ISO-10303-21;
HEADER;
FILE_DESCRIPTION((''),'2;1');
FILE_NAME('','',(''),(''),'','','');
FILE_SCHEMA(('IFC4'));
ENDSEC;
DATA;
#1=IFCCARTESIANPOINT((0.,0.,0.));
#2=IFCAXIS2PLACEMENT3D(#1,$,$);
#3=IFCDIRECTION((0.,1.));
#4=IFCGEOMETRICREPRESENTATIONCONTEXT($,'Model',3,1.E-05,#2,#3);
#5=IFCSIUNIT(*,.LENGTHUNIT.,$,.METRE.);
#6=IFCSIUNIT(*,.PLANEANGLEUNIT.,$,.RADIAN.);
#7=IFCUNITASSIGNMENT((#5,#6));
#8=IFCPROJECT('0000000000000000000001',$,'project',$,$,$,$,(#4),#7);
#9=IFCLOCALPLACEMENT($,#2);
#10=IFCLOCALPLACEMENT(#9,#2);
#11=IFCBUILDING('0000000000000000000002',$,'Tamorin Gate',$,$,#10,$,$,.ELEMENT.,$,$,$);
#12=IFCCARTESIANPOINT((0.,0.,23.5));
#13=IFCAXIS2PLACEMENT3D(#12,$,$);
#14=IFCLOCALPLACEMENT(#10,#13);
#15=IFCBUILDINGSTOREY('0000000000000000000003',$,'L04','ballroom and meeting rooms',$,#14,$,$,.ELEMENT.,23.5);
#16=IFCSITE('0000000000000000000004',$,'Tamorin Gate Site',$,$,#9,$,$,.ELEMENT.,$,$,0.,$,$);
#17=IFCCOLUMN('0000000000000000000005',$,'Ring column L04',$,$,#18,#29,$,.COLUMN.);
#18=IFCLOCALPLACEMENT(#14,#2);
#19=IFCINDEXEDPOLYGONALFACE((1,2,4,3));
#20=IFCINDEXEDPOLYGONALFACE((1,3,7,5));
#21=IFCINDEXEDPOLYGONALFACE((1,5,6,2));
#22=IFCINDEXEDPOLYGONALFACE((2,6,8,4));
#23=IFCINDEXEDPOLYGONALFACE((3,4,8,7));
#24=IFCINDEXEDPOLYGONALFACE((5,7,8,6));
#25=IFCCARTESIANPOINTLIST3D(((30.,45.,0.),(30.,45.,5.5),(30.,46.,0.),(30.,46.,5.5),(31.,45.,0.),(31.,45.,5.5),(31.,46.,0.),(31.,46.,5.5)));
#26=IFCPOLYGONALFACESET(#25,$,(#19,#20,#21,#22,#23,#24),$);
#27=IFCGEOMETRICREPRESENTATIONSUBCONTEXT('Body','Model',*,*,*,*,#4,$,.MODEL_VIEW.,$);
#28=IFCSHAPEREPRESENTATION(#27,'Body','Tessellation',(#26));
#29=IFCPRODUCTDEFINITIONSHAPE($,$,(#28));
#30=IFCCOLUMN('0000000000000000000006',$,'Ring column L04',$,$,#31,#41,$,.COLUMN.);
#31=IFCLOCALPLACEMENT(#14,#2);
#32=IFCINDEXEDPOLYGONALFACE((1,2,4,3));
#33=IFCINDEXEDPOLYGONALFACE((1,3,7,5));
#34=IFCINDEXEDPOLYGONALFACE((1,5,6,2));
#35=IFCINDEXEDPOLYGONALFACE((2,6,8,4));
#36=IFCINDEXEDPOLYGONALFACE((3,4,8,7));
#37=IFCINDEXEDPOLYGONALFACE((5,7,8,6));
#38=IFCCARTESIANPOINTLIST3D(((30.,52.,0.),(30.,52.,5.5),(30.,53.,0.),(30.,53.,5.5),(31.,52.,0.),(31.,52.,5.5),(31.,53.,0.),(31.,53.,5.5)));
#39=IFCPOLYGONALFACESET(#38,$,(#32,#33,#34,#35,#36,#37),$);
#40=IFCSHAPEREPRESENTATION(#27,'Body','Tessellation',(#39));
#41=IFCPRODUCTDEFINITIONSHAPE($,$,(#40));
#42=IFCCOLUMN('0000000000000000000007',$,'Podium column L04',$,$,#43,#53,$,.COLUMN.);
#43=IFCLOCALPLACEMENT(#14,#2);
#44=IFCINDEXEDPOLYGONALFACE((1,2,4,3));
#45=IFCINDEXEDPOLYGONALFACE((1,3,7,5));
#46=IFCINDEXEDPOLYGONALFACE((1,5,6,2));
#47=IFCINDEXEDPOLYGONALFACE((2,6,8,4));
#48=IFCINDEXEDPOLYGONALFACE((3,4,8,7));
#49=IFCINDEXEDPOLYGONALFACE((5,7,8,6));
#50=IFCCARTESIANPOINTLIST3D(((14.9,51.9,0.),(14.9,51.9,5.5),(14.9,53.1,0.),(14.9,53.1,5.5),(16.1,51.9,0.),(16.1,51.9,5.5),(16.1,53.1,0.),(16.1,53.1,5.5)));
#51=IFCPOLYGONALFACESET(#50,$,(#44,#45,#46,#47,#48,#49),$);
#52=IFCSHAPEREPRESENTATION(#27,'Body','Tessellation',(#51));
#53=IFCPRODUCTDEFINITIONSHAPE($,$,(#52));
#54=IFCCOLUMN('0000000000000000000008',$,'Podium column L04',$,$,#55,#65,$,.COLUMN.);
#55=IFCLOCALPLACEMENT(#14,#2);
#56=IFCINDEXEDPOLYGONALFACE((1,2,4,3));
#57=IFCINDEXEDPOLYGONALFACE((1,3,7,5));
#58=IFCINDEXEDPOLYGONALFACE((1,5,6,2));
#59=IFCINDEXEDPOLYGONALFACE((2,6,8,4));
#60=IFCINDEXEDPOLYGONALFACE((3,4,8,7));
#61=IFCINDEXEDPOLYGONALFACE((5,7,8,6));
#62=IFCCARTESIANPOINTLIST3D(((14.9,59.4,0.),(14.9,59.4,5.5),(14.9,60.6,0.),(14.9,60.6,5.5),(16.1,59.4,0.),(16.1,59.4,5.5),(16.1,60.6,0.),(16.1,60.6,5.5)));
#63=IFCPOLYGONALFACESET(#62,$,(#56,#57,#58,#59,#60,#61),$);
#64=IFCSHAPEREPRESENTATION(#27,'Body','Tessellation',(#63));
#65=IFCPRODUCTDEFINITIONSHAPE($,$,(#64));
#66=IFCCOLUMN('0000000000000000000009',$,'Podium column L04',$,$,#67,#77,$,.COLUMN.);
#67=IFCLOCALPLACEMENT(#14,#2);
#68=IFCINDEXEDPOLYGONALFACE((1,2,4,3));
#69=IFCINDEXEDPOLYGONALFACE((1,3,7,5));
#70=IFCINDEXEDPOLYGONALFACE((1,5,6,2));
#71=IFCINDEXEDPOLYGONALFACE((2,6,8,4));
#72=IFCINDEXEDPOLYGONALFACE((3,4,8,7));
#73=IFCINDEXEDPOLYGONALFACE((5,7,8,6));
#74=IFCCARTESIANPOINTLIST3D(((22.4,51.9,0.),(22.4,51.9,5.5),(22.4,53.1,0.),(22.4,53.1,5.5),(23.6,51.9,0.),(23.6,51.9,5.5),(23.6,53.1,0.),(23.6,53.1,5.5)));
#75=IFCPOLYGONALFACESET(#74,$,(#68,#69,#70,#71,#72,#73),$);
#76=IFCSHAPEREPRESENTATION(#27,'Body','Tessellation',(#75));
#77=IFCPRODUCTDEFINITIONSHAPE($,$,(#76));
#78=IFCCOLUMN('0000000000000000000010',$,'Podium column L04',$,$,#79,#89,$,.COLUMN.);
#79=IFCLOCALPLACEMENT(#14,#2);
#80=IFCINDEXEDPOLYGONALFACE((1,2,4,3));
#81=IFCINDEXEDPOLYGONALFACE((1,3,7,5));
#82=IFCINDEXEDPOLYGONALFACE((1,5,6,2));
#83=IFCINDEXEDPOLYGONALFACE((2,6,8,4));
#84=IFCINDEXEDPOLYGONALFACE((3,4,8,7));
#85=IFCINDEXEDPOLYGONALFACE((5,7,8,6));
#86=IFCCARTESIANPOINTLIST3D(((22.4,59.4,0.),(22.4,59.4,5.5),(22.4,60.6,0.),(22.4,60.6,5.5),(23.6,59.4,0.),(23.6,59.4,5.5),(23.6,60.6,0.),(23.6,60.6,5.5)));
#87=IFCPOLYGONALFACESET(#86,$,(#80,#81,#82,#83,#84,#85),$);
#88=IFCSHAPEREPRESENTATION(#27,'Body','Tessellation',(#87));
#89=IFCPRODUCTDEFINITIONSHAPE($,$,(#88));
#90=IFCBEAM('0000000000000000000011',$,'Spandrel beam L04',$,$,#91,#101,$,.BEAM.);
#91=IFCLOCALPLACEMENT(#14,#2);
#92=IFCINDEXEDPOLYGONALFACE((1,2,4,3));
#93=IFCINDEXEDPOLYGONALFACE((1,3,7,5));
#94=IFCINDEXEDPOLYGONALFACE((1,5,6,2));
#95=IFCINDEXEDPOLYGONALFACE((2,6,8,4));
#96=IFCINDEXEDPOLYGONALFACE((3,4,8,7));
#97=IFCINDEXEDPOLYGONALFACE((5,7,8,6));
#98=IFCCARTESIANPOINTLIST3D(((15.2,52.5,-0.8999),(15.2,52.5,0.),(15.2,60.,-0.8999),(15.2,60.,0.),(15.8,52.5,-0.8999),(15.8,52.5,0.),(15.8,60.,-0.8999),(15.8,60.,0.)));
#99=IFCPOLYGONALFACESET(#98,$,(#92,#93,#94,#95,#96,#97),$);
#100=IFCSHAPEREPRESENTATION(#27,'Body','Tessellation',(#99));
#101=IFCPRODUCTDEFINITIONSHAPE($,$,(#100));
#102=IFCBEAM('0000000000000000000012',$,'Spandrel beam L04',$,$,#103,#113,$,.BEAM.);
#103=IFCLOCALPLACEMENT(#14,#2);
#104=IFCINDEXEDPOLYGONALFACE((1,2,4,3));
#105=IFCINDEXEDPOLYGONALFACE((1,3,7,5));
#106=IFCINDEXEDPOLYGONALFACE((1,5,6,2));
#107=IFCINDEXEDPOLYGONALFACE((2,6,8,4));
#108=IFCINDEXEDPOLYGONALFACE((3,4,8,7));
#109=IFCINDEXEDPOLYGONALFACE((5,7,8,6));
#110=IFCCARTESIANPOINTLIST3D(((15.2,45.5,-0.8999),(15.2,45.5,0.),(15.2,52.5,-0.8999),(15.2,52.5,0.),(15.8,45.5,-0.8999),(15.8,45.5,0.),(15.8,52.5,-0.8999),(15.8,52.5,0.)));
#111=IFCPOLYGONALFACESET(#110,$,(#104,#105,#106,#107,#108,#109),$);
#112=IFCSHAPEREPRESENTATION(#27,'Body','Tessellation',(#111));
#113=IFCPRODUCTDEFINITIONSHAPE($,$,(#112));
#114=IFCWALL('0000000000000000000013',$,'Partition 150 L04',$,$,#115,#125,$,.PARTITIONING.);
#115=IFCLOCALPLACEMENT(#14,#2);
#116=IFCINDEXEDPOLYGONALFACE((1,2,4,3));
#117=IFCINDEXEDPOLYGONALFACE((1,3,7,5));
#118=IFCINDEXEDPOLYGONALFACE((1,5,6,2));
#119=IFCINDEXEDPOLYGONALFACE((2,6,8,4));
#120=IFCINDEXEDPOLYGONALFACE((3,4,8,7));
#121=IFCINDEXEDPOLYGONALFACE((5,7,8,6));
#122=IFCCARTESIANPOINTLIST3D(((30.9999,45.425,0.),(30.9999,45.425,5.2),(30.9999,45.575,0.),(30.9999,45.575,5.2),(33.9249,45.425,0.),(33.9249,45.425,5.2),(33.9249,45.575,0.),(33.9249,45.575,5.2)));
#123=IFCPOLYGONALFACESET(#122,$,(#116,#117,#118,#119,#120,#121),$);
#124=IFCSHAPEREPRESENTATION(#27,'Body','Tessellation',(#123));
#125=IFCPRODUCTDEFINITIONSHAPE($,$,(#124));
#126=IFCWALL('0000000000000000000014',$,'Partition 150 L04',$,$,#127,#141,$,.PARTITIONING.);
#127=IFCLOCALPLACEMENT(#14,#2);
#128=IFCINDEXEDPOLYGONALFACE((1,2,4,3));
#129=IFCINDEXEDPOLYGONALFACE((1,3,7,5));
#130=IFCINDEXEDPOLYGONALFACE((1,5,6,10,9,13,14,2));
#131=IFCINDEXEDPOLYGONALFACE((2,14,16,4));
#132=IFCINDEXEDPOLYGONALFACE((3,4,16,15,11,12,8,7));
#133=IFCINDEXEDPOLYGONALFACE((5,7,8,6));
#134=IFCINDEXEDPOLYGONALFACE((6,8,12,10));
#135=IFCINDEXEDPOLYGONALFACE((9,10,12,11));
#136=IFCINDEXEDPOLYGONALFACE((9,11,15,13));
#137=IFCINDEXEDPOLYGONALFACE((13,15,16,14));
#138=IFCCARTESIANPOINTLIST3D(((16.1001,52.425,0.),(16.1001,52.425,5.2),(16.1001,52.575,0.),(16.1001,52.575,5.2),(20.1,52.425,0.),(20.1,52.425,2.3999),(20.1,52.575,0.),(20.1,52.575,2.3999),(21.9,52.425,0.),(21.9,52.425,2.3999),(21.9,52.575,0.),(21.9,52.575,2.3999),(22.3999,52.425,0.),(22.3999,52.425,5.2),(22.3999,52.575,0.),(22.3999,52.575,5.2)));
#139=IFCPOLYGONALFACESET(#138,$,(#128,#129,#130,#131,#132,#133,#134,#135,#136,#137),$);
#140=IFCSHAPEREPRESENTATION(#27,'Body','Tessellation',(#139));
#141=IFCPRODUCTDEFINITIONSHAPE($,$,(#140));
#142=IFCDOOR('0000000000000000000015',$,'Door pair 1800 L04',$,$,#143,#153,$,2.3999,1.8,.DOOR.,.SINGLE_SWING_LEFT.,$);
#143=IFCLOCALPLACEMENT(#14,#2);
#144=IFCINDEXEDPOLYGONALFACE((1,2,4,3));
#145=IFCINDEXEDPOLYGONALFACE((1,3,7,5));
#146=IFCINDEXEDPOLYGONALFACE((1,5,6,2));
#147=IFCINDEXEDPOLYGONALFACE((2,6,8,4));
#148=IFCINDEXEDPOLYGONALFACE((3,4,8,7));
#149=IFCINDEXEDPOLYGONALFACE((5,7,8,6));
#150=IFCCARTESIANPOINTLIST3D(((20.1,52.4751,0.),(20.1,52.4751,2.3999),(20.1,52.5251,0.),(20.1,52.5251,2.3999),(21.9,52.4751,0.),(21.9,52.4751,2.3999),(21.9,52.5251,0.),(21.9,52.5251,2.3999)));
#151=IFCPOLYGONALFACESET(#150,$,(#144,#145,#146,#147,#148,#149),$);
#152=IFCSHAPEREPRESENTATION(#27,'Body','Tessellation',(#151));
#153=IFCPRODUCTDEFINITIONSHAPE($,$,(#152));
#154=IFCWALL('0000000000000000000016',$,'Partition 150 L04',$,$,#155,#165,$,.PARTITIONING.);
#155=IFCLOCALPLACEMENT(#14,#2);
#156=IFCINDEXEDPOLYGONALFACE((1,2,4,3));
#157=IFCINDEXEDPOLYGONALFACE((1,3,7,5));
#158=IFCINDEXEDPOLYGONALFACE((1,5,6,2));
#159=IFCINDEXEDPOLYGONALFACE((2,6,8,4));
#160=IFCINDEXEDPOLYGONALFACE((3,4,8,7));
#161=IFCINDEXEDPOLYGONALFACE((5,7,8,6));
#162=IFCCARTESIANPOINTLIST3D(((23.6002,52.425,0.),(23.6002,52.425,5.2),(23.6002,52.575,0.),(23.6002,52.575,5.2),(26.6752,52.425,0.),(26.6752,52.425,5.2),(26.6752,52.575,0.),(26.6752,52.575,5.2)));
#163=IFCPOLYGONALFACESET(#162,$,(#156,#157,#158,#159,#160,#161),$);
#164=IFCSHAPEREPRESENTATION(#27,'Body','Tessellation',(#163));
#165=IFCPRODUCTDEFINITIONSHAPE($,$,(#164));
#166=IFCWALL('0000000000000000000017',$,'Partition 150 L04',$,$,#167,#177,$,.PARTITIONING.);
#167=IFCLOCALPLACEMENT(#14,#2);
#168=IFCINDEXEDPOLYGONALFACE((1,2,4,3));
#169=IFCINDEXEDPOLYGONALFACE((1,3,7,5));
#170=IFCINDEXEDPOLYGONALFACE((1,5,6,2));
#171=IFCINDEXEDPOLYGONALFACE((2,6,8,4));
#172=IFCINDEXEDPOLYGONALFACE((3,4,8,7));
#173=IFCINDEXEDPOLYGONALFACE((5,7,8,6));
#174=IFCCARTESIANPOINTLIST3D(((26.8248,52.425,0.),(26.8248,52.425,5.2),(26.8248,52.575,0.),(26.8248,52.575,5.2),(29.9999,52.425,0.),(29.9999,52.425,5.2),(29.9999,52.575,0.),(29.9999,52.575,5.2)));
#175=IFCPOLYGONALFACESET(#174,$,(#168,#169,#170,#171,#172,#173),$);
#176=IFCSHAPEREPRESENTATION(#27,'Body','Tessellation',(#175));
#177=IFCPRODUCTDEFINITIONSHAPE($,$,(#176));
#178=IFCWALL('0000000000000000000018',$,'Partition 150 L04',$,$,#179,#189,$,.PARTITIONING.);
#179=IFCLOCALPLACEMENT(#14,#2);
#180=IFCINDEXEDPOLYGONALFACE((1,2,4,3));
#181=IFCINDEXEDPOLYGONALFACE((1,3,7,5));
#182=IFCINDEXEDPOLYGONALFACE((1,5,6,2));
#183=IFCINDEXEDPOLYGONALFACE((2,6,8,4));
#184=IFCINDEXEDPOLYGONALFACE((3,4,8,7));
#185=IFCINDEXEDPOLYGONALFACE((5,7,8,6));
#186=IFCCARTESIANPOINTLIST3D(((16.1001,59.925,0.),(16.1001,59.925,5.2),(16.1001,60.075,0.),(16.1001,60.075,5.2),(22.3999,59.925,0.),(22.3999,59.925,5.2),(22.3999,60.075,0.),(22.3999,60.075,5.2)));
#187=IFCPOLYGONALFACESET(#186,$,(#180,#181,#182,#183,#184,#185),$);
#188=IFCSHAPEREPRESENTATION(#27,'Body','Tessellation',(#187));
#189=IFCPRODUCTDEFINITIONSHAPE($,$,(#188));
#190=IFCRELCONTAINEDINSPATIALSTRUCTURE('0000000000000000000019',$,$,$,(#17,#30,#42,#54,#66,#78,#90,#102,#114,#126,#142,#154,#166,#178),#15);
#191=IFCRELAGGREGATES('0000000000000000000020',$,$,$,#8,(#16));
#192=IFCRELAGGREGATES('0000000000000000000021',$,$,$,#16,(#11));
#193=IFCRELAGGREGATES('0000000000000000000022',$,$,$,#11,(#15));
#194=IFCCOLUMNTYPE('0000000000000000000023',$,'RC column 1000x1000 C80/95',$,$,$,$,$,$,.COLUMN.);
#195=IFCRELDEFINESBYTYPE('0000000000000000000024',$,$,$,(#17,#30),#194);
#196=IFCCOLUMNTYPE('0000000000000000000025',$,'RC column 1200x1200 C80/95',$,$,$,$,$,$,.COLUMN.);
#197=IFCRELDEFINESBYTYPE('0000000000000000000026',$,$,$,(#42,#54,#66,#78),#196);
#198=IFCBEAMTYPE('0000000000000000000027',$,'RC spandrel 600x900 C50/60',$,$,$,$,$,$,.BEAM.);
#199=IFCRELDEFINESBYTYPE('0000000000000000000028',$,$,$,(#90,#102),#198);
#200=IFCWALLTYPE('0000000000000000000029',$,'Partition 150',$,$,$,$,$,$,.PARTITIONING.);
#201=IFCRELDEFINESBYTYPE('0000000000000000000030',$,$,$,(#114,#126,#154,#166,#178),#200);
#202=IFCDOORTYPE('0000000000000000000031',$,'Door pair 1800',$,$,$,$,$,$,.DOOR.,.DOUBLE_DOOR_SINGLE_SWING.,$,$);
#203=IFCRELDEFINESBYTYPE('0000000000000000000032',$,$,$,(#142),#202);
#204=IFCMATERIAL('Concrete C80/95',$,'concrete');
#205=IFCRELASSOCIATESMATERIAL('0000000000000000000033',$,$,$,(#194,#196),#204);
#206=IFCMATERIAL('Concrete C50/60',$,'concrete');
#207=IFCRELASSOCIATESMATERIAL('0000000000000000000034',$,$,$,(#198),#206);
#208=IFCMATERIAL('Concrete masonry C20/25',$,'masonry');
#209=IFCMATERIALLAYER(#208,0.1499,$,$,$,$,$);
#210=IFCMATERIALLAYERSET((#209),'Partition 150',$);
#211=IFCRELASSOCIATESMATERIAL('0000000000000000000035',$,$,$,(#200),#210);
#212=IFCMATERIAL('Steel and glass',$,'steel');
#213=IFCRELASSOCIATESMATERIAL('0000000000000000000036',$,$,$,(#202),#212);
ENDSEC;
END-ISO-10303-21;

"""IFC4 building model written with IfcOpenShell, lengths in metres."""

from ifc_helpers import new_model, si_unit, direction, frame, frame_2d, origin, origin_2d, place, context, subcontext, project, spatial, rectangle, extrude, material, layer, layer_set, material_profile, profile_set, type_object, element, fill, save


model = new_model("IFC4")

# Units and contexts
model_context = context("Model", 3, precision=1e-05, world=origin(), true_north=direction((0.0, 1.0)))
body_context = subcontext(model_context, "Body", "Model", "MODEL_VIEW")
ifc_project = project(units=[si_unit("LENGTHUNIT", "METRE"), si_unit("PLANEANGLEUNIT", "RADIAN")], contexts=[model_context])

# Site, building, storey
site_placement = place(None, origin())
site = spatial("IfcSite", under=ifc_project, at=site_placement, Name="Tamorin Gate Site", CompositionType="ELEMENT", RefElevation=0.0)
building_placement = place(site_placement, origin())
building = spatial("IfcBuilding", under=site, at=building_placement, Name="Tamorin Gate", CompositionType="ELEMENT")
storey_placement = place(building_placement, frame((0.0, 0.0, 23.5)))
storey = spatial("IfcBuildingStorey", under=building, at=storey_placement, Name="L04", Description="ballroom and meeting rooms", CompositionType="ELEMENT", Elevation=23.5)

# Columns
ifc_material_1 = material(Name="Concrete C80/95", Category="concrete")
ifc_material_profile_1 = material_profile(ifc_material_1, rectangle(XDim=1.0, YDim=1.0, at=origin_2d()), Name="RC 1000x1000")
ifc_profile_set_1 = profile_set([ifc_material_profile_1], Name="Concrete C80/95")
column_type_1 = type_object("IfcColumnType", Name="RC column 1000x1000 C80/95", PredefinedType="COLUMN", material=ifc_profile_set_1)
for number, where, z_axis, x_axis, name in (
    (1, (30.5, 45.5, 0.0), (0.0, 0.0, 1.0), (1.0, 0.0, 0.0), "Ring column L04"),
    (2, (30.5, 52.5, 0.0), (0.0, 0.0, 1.0), (1.0, 0.0, 0.0), "Ring column L04"),
):
    element("IfcColumn", number, at=place(storey_placement, frame(where, z_axis=z_axis, x_axis=x_axis)), inside=storey, type_object=column_type_1, Name=name, PredefinedType="COLUMN", context=body_context, shape_type="SweptSolid", body=[
        extrude(rectangle(XDim=1.0, YDim=1.0, at=origin_2d()), origin(), (0.0, 0.0, 1.0), 5.5),
    ])
ifc_material_profile_2 = material_profile(ifc_material_1, rectangle(XDim=1.2, YDim=1.2, at=origin_2d()), Name="RC 1200x1200")
ifc_profile_set_2 = profile_set([ifc_material_profile_2], Name="Concrete C80/95")
column_type_2 = type_object("IfcColumnType", Name="RC column 1200x1200 C80/95", PredefinedType="COLUMN", material=ifc_profile_set_2)
for number, where, z_axis, x_axis, name in (
    (3, (15.5, 52.5, 0.0), (0.0, 0.0, 1.0), (1.0, 0.0, 0.0), "Podium column L04"),
    (4, (15.5, 60.0, 0.0), (0.0, 0.0, 1.0), (1.0, 0.0, 0.0), "Podium column L04"),
    (5, (23.0, 52.5, 0.0), (0.0, 0.0, 1.0), (1.0, 0.0, 0.0), "Podium column L04"),
    (6, (23.0, 60.0, 0.0), (0.0, 0.0, 1.0), (1.0, 0.0, 0.0), "Podium column L04"),
):
    element("IfcColumn", number, at=place(storey_placement, frame(where, z_axis=z_axis, x_axis=x_axis)), inside=storey, type_object=column_type_2, Name=name, PredefinedType="COLUMN", context=body_context, shape_type="SweptSolid", body=[
        extrude(rectangle(XDim=1.2, YDim=1.2, at=origin_2d()), origin(), (0.0, 0.0, 1.0), 5.5),
    ])

# Beams
ifc_material_2 = material(Name="Concrete C50/60", Category="concrete")
ifc_material_profile_3 = material_profile(ifc_material_2, rectangle(XDim=0.6001, YDim=0.8999, at=origin_2d()), Name="RC 600x900")
ifc_profile_set_3 = profile_set([ifc_material_profile_3], Name="Concrete C50/60")
beam_type = type_object("IfcBeamType", Name="RC spandrel 600x900 C50/60", PredefinedType="BEAM", material=ifc_profile_set_3)
beam_1_placement = place(storey_placement, frame((15.5, 60.0, -0.45), z_axis=(0.0, -1.0, 0.0), x_axis=(1.0, 0.0, 0.0)))
element("IfcBeam", 7, at=beam_1_placement, inside=storey, type_object=beam_type, Name="Spandrel beam L04", PredefinedType="BEAM", context=body_context, shape_type="SweptSolid", body=[
    extrude(rectangle(XDim=0.6001, YDim=0.8999, at=origin_2d()), origin(), (0.0, 0.0, 1.0), 7.5),
])
beam_2_placement = place(storey_placement, frame((15.5, 52.5, -0.45), z_axis=(0.0, -1.0, 0.0), x_axis=(1.0, 0.0, 0.0)))
element("IfcBeam", 8, at=beam_2_placement, inside=storey, type_object=beam_type, Name="Spandrel beam L04", PredefinedType="BEAM", context=body_context, shape_type="SweptSolid", body=[
    extrude(rectangle(XDim=0.6001, YDim=0.8999, at=origin_2d()), origin(), (0.0, 0.0, 1.0), 7.0),
])

# Wall
ifc_material_3 = material(Name="Concrete masonry C20/25", Category="masonry")
ifc_layer_1 = layer(ifc_material_3, 0.1499)
ifc_layer_set_1 = layer_set([ifc_layer_1], Name="Partition 150")
wall_type_1 = type_object("IfcWallType", Name="Partition 150", PredefinedType="PARTITIONING", material=ifc_layer_set_1)
wall_1_placement = place(storey_placement, frame((31.0, 45.5, 0.0), z_axis=(0.0, 0.0, 1.0), x_axis=(1.0, 0.0, 0.0)))
element("IfcWall", 9, at=wall_1_placement, inside=storey, type_object=wall_type_1, Name="Partition 150 L04", PredefinedType="PARTITIONING", context=body_context, shape_type="SweptSolid", body=[
    extrude(rectangle(XDim=2.925, YDim=0.1499, at=frame_2d((1.4624, 0.0))), origin(), (0.0, 0.0, 1.0), 5.2),
])

# Wall, opening, door
wall_2_placement = place(storey_placement, frame((22.3999, 52.5, 0.0), z_axis=(0.0, 0.0, 1.0), x_axis=(-1.0, 0.0, 0.0)))
wall_2 = element("IfcWall", 10, at=wall_2_placement, inside=storey, type_object=wall_type_1, Name="Partition 150 L04", PredefinedType="PARTITIONING", context=body_context, shape_type="SweptSolid", body=[
    extrude(rectangle(XDim=6.2998, YDim=0.1499, at=frame_2d((3.1499, 0.0))), origin(), (0.0, 0.0, 1.0), 5.2),
])
opening_1_placement = place(wall_2_placement, frame((0.5, 0.0, 0.0)))
opening_1 = element("IfcOpeningElement", 11, at=opening_1_placement, cuts=wall_2, PredefinedType="OPENING", context=body_context, shape_type="SweptSolid", body=[
    extrude(rectangle(XDim=1.8, YDim=2.3999, at=frame_2d((0.8999, 1.2))), frame((0.0, 0.085, 0.0), z_axis=(0.0, -1.0, 0.0), x_axis=(1.0, 0.0, 0.0)), (0.0, 0.0, 1.0), 0.1699),
])
ifc_material_4 = material(Name="Steel and glass", Category="steel")
door_type_1 = type_object("IfcDoorType", Name="Door pair 1800", OperationType="DOUBLE_DOOR_SINGLE_SWING", PredefinedType="DOOR", material=ifc_material_4)
door_1_placement = place(opening_1_placement, origin())
door_1 = element("IfcDoor", 12, at=door_1_placement, inside=storey, type_object=door_type_1, Name="Door pair 1800 L04", OperationType="SINGLE_SWING_LEFT", OverallHeight=2.3999, OverallWidth=1.8, PredefinedType="DOOR", context=body_context, shape_type="SweptSolid", body=[
    extrude(rectangle(XDim=1.8, YDim=2.3999, at=frame_2d((0.8999, 1.2))), frame((0.0, 0.0249, 0.0), z_axis=(0.0, -1.0, 0.0), x_axis=(1.0, 0.0, 0.0)), (0.0, 0.0, 1.0), 0.05),
])
fill(opening_1, door_1)

# Walls
wall_3_placement = place(storey_placement, frame((23.6001, 52.5, 0.0), z_axis=(0.0, 0.0, 1.0), x_axis=(1.0, 0.0, 0.0)))
element("IfcWall", 13, at=wall_3_placement, inside=storey, type_object=wall_type_1, Name="Partition 150 L04", PredefinedType="PARTITIONING", context=body_context, shape_type="SweptSolid", body=[
    extrude(rectangle(XDim=3.075, YDim=0.1499, at=frame_2d((1.5376, 0.0))), origin(), (0.0, 0.0, 1.0), 5.2),
])
wall_4_placement = place(storey_placement, frame((26.825, 52.5, 0.0), z_axis=(0.0, 0.0, 1.0), x_axis=(1.0, 0.0, 0.0)))
element("IfcWall", 14, at=wall_4_placement, inside=storey, type_object=wall_type_1, Name="Partition 150 L04", PredefinedType="PARTITIONING", context=body_context, shape_type="SweptSolid", body=[
    extrude(rectangle(XDim=3.175, YDim=0.1499, at=frame_2d((1.5874, 0.0))), origin(), (0.0, 0.0, 1.0), 5.2),
])
wall_5_placement = place(storey_placement, frame((16.1001, 60.0, 0.0), z_axis=(0.0, 0.0, 1.0), x_axis=(1.0, 0.0, 0.0)))
element("IfcWall", 15, at=wall_5_placement, inside=storey, type_object=wall_type_1, Name="Partition 150 L04", PredefinedType="PARTITIONING", context=body_context, shape_type="SweptSolid", body=[
    extrude(rectangle(XDim=6.2998, YDim=0.1499, at=frame_2d((3.1499, 0.0))), origin(), (0.0, 0.0, 1.0), 5.2),
])

save(model, "model.ifc")
